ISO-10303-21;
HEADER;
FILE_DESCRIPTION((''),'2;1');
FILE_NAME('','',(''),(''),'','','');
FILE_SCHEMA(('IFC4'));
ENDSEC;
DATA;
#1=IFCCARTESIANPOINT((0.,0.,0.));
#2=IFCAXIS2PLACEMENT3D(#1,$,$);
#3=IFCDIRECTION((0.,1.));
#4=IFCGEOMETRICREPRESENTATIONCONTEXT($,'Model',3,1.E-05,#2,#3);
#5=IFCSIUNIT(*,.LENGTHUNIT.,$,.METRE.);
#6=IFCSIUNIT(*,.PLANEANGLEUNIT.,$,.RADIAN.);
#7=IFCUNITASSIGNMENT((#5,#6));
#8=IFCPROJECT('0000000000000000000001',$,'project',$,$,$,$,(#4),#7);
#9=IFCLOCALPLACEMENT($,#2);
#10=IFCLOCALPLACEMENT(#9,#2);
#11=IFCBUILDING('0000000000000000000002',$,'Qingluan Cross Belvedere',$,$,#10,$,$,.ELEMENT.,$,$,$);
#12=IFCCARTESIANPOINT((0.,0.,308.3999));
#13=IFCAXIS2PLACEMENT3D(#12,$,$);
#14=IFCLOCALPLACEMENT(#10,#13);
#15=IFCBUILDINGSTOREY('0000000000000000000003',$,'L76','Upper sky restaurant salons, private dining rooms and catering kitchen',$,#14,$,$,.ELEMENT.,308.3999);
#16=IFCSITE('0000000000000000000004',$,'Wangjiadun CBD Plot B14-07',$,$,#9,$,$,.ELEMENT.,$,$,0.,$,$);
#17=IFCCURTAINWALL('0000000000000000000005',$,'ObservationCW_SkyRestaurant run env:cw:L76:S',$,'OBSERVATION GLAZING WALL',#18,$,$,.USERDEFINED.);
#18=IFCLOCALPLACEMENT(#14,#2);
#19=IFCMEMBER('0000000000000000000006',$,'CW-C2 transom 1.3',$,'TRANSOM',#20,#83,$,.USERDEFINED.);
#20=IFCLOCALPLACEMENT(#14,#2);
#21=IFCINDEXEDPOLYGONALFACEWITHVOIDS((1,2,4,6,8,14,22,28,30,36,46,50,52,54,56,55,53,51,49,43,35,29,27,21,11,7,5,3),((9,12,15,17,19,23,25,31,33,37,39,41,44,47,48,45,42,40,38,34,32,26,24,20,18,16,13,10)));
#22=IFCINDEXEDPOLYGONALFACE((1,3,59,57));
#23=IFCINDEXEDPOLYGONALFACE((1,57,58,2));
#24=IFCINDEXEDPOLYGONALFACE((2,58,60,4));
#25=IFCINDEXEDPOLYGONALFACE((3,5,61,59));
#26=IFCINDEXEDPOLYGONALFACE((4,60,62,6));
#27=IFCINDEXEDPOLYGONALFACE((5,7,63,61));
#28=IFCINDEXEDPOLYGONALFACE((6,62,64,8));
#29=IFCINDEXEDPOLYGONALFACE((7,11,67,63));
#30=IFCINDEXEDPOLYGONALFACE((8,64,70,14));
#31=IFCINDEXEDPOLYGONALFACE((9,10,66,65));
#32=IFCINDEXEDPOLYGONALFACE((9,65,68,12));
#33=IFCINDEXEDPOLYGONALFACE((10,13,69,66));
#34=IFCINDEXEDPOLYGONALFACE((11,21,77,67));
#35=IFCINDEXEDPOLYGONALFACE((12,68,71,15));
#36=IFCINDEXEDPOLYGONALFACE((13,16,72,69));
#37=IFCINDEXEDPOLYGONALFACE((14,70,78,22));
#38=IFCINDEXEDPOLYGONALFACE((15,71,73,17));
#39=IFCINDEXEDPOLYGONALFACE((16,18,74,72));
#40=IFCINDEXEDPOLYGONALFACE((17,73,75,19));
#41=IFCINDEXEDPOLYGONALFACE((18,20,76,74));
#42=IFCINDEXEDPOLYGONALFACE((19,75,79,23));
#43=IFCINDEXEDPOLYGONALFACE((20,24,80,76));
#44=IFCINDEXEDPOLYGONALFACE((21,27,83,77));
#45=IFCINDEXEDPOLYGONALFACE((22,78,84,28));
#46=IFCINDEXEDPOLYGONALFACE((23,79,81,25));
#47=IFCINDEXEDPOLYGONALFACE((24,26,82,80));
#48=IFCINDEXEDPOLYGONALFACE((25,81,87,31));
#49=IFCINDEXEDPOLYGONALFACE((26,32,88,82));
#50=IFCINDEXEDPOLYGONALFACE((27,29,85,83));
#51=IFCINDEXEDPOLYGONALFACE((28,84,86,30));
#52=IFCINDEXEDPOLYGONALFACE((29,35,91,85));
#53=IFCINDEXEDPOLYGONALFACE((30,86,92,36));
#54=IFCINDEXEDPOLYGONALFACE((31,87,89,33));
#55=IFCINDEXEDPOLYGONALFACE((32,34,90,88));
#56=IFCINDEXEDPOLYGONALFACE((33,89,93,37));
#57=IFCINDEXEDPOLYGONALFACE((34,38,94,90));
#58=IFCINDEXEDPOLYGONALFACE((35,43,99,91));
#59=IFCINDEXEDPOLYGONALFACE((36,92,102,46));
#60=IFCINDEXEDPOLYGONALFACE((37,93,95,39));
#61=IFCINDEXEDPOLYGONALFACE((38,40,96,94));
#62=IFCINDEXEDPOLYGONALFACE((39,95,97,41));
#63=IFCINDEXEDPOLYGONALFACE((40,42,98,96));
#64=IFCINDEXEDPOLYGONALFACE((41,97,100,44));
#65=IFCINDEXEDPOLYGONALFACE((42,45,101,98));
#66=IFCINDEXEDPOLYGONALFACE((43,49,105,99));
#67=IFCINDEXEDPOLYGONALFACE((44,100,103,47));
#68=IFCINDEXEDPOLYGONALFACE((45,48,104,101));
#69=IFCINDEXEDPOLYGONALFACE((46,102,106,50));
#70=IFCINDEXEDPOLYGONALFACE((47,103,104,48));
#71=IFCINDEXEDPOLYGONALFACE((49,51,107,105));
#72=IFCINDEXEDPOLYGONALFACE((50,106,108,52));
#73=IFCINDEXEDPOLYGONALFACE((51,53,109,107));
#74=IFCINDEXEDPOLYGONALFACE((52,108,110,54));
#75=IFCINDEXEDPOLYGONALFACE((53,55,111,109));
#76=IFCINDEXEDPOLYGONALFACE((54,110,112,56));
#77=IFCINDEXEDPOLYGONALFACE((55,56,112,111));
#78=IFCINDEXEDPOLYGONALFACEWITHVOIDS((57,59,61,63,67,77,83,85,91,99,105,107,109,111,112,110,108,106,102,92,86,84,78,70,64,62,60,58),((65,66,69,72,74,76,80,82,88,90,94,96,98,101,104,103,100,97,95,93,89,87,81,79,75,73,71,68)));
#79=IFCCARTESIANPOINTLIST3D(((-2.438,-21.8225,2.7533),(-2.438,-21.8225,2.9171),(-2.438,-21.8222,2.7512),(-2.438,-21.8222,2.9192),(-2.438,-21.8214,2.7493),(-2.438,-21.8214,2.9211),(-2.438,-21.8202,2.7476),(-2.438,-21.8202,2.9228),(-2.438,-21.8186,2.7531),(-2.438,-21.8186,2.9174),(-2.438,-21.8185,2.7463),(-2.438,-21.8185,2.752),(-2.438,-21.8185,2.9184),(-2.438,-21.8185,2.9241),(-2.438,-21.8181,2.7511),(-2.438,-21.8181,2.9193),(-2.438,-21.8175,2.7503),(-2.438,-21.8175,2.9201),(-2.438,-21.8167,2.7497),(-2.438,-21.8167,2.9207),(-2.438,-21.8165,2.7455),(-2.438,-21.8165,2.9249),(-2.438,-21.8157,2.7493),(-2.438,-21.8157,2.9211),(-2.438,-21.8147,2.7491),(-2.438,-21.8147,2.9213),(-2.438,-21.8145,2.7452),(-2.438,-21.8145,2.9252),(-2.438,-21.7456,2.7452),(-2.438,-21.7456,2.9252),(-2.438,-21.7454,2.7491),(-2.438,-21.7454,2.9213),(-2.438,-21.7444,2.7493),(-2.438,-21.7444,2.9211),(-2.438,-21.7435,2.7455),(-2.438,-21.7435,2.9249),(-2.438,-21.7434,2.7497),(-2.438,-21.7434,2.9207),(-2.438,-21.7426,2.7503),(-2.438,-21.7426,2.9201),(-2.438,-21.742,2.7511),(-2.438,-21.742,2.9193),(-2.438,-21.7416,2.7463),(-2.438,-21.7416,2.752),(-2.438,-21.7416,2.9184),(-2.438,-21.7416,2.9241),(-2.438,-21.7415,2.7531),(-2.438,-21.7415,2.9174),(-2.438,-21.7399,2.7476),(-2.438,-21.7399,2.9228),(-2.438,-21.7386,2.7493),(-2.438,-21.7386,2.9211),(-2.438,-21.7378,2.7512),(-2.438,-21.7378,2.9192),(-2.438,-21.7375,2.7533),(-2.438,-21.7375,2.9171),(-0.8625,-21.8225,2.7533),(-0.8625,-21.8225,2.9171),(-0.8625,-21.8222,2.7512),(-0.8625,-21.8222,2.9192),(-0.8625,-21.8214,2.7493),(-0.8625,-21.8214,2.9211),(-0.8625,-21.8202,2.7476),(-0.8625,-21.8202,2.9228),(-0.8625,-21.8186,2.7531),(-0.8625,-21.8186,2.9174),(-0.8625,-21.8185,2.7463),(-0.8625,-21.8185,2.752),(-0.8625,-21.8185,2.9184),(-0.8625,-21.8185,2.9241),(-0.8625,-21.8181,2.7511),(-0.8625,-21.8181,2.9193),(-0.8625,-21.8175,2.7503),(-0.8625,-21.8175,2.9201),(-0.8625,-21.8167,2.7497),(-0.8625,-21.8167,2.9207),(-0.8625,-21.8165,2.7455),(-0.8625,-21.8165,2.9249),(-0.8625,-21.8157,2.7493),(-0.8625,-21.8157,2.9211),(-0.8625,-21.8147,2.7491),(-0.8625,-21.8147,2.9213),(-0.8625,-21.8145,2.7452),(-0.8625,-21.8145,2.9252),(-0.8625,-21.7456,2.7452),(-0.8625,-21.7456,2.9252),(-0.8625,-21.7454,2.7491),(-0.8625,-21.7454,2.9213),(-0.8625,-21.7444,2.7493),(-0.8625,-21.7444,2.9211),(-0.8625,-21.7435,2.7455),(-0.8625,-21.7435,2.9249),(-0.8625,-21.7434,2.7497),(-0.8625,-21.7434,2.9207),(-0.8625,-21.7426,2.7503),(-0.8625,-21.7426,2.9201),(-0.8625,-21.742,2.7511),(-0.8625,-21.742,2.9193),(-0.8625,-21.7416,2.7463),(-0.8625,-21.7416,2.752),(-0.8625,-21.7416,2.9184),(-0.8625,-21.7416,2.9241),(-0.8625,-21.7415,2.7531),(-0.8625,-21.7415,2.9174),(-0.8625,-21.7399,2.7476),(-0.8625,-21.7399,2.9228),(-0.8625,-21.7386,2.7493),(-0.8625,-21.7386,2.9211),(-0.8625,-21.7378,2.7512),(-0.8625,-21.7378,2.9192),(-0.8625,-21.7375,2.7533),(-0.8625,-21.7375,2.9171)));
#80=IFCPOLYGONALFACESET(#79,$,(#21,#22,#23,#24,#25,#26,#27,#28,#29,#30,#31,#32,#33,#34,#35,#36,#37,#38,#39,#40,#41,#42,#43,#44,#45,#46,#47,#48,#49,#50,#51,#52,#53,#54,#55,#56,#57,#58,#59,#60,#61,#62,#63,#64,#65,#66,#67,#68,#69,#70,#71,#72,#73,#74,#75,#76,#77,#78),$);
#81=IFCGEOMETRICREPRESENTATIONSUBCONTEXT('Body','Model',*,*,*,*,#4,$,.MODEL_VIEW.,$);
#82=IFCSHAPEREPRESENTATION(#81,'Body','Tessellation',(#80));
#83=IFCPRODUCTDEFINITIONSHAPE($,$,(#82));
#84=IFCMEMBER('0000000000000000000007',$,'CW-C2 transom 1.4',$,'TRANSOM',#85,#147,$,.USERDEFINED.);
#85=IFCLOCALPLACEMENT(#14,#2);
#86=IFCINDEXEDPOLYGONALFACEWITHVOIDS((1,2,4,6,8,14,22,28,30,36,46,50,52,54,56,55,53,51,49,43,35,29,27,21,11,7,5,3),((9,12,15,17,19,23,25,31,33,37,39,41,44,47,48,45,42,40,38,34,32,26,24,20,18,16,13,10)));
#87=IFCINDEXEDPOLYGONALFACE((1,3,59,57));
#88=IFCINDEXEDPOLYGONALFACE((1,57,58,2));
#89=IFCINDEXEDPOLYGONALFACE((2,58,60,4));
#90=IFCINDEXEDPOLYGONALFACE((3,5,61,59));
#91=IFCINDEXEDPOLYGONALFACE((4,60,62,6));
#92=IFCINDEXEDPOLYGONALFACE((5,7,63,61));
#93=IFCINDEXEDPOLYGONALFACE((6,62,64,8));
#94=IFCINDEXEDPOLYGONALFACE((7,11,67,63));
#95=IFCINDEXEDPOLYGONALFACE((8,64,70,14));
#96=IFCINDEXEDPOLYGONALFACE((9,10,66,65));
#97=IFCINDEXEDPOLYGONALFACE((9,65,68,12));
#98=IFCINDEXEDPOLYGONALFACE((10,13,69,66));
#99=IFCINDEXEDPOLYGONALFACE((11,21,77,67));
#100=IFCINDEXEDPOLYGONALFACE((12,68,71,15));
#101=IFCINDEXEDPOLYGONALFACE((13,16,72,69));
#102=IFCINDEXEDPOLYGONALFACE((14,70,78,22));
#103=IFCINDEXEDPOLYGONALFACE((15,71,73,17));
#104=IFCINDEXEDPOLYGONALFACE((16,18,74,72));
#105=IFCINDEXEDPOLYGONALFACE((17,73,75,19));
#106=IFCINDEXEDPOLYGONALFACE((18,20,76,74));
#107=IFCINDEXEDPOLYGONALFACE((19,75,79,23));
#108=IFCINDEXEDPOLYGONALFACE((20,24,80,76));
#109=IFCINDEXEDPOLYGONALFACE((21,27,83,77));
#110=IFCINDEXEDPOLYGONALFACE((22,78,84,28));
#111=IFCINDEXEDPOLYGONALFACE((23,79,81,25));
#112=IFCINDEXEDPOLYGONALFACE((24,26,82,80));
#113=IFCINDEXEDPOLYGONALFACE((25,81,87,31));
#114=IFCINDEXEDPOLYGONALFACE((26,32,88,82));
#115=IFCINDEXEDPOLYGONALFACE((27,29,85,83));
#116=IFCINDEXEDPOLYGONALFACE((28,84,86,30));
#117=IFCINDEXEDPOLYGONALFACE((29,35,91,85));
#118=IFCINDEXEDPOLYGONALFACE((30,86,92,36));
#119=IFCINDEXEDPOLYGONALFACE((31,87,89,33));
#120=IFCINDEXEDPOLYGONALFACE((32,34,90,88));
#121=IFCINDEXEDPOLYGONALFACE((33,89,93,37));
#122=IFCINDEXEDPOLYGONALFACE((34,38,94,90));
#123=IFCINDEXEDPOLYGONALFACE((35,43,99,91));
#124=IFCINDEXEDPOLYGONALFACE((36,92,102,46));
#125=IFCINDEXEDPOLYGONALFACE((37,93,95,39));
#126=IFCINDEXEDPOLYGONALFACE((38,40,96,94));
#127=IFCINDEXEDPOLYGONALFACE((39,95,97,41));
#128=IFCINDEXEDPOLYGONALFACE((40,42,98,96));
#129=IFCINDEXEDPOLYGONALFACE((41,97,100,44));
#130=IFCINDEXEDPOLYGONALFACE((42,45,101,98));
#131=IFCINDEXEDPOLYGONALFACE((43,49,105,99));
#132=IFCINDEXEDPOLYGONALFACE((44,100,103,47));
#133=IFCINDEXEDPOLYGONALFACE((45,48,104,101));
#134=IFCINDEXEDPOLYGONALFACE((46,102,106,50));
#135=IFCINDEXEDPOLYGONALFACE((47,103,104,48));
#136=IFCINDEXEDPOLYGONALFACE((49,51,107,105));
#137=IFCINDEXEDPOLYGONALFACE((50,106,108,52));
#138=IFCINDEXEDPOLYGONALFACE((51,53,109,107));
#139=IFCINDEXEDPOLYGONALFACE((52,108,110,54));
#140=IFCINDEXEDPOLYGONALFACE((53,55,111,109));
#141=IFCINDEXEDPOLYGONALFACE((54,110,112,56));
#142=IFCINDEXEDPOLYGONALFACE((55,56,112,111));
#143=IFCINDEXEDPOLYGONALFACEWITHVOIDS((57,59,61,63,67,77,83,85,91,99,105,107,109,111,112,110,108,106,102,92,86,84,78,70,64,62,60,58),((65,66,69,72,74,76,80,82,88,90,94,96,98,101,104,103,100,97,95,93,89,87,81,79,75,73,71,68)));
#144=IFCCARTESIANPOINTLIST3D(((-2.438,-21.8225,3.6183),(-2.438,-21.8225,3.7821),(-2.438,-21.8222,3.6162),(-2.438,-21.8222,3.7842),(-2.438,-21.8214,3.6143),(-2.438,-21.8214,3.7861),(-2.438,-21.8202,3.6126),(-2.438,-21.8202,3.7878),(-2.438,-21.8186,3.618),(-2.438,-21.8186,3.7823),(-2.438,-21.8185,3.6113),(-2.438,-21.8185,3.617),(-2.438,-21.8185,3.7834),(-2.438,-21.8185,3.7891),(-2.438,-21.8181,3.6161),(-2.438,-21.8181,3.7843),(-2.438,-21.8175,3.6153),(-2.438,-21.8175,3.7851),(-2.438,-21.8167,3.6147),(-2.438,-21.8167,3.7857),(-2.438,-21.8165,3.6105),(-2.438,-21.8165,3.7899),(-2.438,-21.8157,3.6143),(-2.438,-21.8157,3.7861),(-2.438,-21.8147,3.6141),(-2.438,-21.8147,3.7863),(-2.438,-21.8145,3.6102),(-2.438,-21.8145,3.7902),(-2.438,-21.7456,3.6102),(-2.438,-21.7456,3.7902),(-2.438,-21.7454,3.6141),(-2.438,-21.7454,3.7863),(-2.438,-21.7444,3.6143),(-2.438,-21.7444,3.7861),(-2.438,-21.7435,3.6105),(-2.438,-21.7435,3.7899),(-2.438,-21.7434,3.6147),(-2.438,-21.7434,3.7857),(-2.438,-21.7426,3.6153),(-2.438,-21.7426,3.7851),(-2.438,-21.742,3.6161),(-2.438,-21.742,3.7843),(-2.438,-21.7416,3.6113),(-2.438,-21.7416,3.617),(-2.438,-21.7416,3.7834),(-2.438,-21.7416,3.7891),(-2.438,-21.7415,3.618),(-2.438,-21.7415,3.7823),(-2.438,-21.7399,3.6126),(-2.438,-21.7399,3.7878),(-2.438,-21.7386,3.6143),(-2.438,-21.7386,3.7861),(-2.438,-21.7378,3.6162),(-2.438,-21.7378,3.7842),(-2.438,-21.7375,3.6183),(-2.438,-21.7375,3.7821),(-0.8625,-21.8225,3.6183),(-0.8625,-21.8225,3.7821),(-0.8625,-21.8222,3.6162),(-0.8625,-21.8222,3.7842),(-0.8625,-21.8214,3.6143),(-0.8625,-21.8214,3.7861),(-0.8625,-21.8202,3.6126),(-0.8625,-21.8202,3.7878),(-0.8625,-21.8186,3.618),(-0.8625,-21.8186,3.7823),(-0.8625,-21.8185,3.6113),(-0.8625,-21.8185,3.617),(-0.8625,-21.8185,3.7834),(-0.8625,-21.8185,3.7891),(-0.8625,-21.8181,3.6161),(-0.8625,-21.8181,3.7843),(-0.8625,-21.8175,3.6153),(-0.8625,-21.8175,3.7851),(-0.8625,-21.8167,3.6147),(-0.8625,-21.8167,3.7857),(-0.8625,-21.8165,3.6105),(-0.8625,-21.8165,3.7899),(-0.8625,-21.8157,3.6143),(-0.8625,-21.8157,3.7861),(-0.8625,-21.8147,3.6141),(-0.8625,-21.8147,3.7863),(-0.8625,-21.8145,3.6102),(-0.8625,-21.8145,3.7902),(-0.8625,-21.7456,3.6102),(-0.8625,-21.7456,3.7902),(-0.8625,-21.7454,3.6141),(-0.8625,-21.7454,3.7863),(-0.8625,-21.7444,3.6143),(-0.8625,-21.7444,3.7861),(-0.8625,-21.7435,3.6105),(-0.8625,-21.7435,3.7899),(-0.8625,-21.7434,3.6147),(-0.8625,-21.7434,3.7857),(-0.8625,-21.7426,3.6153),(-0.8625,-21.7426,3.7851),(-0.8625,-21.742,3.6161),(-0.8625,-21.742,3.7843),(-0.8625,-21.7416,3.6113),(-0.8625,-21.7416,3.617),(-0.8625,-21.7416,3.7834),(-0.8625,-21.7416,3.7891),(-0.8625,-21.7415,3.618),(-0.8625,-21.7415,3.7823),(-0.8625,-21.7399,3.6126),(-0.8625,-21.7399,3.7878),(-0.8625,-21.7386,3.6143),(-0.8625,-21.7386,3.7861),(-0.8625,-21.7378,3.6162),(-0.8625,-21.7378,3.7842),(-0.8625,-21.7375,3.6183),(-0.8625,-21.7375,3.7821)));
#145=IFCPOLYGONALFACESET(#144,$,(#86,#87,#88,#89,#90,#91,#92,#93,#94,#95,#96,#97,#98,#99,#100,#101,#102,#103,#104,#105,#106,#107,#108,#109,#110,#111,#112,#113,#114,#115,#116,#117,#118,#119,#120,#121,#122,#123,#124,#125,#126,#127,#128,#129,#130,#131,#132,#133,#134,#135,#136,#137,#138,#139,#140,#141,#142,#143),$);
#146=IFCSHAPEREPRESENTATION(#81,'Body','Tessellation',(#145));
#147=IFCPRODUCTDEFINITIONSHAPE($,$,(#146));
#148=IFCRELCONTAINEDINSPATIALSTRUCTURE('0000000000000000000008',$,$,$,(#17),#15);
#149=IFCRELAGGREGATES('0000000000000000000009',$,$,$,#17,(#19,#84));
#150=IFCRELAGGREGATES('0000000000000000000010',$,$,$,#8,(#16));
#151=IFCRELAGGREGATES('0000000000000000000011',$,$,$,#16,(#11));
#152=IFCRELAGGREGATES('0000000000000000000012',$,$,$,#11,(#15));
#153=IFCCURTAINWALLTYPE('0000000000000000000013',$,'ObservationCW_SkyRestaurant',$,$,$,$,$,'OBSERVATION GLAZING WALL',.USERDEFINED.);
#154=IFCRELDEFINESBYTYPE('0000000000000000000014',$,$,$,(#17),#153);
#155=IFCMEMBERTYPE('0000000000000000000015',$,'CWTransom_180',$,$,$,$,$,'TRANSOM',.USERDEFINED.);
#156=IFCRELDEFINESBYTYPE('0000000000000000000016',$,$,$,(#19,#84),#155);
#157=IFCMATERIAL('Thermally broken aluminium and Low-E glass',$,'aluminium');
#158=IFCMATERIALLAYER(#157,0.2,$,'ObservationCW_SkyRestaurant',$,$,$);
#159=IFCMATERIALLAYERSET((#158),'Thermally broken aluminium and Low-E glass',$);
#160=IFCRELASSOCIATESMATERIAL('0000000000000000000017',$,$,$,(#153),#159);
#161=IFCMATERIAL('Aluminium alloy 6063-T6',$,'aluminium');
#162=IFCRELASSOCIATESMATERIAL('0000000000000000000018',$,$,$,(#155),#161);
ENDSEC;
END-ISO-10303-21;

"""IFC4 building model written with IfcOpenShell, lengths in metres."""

from ifc_helpers import new_model, si_unit, direction, frame, origin, origin_2d, place, context, subcontext, project, spatial, hollow_rectangle, extrude, material, layer, layer_set, material_profile, profile_set, type_object, element, aggregate, save


model = new_model("IFC4")

# Units and contexts
model_context = context("Model", 3, precision=1e-05, world=origin(), true_north=direction((0.0, 1.0)))
body_context = subcontext(model_context, "Body", "Model", "MODEL_VIEW")
ifc_project = project(units=[si_unit("LENGTHUNIT", "METRE"), si_unit("PLANEANGLEUNIT", "RADIAN")], contexts=[model_context])

# Site, building, storey
site_placement = place(None, origin())
site = spatial("IfcSite", under=ifc_project, at=site_placement, Name="Wangjiadun CBD Plot B14-07", CompositionType="ELEMENT", RefElevation=0.0)
building_placement = place(site_placement, origin())
building = spatial("IfcBuilding", under=site, at=building_placement, Name="Qingluan Cross Belvedere", CompositionType="ELEMENT")
storey_placement = place(building_placement, frame((0.0, 0.0, 308.3999)))
storey = spatial("IfcBuildingStorey", under=building, at=storey_placement, Name="L76", Description="Upper sky restaurant salons, private dining rooms and catering kitchen", CompositionType="ELEMENT", Elevation=308.3999)

# Curtain wall, members
ifc_material_1 = material(Name="Thermally broken aluminium and Low-E glass", Category="aluminium")
ifc_layer_1 = layer(ifc_material_1, 0.2, Name="ObservationCW_SkyRestaurant")
ifc_layer_set_1 = layer_set([ifc_layer_1], Name="Thermally broken aluminium and Low-E glass")
curtain_wall_type = type_object("IfcCurtainWallType", Name="ObservationCW_SkyRestaurant", ElementType="OBSERVATION GLAZING WALL", PredefinedType="USERDEFINED", material=ifc_layer_set_1)
curtain_wall_placement = place(storey_placement, origin())
curtain_wall = element("IfcCurtainWall", 1, at=curtain_wall_placement, inside=storey, type_object=curtain_wall_type, Name="ObservationCW_SkyRestaurant run env:cw:L76:S", ObjectType="OBSERVATION GLAZING WALL", PredefinedType="USERDEFINED")
ifc_material_2 = material(Name="Aluminium alloy 6063-T6", Category="aluminium")
ifc_material_profile_1 = material_profile(ifc_material_2, hollow_rectangle(XDim=0.085, YDim=0.1799, WallThickness=0.0039, InnerFilletRadius=0.0039, OuterFilletRadius=0.0081, at=origin_2d()), Name="CWT180x85x4")
ifc_profile_set_1 = profile_set([ifc_material_profile_1], Name="Aluminium alloy 6063-T6")
member_type_1 = type_object("IfcMemberType", Name="CWTransom_180", ElementType="TRANSOM", PredefinedType="USERDEFINED", material=ifc_profile_set_1)
member_1_placement = place(storey_placement, frame((-2.438, -21.78, 2.8352), z_axis=(1.0, 0.0, 0.0), x_axis=(0.0, 1.0, 0.0)))
member_1 = element("IfcMember", 2, at=member_1_placement, type_object=member_type_1, Name="CW-C2 transom 1.3", ObjectType="TRANSOM", PredefinedType="USERDEFINED", context=body_context, shape_type="SweptSolid", body=[
    extrude(hollow_rectangle(XDim=0.085, YDim=0.1799, WallThickness=0.0039, InnerFilletRadius=0.0039, OuterFilletRadius=0.0081, at=origin_2d()), origin(), (0.0, 0.0, 1.0), 1.5754),
])
member_2_placement = place(storey_placement, frame((-2.438, -21.78, 3.7002), z_axis=(1.0, 0.0, 0.0), x_axis=(0.0, 1.0, 0.0)))
member_2 = element("IfcMember", 3, at=member_2_placement, type_object=member_type_1, Name="CW-C2 transom 1.4", ObjectType="TRANSOM", PredefinedType="USERDEFINED", context=body_context, shape_type="SweptSolid", body=[
    extrude(hollow_rectangle(XDim=0.085, YDim=0.1799, WallThickness=0.0039, InnerFilletRadius=0.0039, OuterFilletRadius=0.0081, at=origin_2d()), origin(), (0.0, 0.0, 1.0), 1.5754),
])

aggregate(curtain_wall, [member_1, member_2])

save(model, "model.ifc")
